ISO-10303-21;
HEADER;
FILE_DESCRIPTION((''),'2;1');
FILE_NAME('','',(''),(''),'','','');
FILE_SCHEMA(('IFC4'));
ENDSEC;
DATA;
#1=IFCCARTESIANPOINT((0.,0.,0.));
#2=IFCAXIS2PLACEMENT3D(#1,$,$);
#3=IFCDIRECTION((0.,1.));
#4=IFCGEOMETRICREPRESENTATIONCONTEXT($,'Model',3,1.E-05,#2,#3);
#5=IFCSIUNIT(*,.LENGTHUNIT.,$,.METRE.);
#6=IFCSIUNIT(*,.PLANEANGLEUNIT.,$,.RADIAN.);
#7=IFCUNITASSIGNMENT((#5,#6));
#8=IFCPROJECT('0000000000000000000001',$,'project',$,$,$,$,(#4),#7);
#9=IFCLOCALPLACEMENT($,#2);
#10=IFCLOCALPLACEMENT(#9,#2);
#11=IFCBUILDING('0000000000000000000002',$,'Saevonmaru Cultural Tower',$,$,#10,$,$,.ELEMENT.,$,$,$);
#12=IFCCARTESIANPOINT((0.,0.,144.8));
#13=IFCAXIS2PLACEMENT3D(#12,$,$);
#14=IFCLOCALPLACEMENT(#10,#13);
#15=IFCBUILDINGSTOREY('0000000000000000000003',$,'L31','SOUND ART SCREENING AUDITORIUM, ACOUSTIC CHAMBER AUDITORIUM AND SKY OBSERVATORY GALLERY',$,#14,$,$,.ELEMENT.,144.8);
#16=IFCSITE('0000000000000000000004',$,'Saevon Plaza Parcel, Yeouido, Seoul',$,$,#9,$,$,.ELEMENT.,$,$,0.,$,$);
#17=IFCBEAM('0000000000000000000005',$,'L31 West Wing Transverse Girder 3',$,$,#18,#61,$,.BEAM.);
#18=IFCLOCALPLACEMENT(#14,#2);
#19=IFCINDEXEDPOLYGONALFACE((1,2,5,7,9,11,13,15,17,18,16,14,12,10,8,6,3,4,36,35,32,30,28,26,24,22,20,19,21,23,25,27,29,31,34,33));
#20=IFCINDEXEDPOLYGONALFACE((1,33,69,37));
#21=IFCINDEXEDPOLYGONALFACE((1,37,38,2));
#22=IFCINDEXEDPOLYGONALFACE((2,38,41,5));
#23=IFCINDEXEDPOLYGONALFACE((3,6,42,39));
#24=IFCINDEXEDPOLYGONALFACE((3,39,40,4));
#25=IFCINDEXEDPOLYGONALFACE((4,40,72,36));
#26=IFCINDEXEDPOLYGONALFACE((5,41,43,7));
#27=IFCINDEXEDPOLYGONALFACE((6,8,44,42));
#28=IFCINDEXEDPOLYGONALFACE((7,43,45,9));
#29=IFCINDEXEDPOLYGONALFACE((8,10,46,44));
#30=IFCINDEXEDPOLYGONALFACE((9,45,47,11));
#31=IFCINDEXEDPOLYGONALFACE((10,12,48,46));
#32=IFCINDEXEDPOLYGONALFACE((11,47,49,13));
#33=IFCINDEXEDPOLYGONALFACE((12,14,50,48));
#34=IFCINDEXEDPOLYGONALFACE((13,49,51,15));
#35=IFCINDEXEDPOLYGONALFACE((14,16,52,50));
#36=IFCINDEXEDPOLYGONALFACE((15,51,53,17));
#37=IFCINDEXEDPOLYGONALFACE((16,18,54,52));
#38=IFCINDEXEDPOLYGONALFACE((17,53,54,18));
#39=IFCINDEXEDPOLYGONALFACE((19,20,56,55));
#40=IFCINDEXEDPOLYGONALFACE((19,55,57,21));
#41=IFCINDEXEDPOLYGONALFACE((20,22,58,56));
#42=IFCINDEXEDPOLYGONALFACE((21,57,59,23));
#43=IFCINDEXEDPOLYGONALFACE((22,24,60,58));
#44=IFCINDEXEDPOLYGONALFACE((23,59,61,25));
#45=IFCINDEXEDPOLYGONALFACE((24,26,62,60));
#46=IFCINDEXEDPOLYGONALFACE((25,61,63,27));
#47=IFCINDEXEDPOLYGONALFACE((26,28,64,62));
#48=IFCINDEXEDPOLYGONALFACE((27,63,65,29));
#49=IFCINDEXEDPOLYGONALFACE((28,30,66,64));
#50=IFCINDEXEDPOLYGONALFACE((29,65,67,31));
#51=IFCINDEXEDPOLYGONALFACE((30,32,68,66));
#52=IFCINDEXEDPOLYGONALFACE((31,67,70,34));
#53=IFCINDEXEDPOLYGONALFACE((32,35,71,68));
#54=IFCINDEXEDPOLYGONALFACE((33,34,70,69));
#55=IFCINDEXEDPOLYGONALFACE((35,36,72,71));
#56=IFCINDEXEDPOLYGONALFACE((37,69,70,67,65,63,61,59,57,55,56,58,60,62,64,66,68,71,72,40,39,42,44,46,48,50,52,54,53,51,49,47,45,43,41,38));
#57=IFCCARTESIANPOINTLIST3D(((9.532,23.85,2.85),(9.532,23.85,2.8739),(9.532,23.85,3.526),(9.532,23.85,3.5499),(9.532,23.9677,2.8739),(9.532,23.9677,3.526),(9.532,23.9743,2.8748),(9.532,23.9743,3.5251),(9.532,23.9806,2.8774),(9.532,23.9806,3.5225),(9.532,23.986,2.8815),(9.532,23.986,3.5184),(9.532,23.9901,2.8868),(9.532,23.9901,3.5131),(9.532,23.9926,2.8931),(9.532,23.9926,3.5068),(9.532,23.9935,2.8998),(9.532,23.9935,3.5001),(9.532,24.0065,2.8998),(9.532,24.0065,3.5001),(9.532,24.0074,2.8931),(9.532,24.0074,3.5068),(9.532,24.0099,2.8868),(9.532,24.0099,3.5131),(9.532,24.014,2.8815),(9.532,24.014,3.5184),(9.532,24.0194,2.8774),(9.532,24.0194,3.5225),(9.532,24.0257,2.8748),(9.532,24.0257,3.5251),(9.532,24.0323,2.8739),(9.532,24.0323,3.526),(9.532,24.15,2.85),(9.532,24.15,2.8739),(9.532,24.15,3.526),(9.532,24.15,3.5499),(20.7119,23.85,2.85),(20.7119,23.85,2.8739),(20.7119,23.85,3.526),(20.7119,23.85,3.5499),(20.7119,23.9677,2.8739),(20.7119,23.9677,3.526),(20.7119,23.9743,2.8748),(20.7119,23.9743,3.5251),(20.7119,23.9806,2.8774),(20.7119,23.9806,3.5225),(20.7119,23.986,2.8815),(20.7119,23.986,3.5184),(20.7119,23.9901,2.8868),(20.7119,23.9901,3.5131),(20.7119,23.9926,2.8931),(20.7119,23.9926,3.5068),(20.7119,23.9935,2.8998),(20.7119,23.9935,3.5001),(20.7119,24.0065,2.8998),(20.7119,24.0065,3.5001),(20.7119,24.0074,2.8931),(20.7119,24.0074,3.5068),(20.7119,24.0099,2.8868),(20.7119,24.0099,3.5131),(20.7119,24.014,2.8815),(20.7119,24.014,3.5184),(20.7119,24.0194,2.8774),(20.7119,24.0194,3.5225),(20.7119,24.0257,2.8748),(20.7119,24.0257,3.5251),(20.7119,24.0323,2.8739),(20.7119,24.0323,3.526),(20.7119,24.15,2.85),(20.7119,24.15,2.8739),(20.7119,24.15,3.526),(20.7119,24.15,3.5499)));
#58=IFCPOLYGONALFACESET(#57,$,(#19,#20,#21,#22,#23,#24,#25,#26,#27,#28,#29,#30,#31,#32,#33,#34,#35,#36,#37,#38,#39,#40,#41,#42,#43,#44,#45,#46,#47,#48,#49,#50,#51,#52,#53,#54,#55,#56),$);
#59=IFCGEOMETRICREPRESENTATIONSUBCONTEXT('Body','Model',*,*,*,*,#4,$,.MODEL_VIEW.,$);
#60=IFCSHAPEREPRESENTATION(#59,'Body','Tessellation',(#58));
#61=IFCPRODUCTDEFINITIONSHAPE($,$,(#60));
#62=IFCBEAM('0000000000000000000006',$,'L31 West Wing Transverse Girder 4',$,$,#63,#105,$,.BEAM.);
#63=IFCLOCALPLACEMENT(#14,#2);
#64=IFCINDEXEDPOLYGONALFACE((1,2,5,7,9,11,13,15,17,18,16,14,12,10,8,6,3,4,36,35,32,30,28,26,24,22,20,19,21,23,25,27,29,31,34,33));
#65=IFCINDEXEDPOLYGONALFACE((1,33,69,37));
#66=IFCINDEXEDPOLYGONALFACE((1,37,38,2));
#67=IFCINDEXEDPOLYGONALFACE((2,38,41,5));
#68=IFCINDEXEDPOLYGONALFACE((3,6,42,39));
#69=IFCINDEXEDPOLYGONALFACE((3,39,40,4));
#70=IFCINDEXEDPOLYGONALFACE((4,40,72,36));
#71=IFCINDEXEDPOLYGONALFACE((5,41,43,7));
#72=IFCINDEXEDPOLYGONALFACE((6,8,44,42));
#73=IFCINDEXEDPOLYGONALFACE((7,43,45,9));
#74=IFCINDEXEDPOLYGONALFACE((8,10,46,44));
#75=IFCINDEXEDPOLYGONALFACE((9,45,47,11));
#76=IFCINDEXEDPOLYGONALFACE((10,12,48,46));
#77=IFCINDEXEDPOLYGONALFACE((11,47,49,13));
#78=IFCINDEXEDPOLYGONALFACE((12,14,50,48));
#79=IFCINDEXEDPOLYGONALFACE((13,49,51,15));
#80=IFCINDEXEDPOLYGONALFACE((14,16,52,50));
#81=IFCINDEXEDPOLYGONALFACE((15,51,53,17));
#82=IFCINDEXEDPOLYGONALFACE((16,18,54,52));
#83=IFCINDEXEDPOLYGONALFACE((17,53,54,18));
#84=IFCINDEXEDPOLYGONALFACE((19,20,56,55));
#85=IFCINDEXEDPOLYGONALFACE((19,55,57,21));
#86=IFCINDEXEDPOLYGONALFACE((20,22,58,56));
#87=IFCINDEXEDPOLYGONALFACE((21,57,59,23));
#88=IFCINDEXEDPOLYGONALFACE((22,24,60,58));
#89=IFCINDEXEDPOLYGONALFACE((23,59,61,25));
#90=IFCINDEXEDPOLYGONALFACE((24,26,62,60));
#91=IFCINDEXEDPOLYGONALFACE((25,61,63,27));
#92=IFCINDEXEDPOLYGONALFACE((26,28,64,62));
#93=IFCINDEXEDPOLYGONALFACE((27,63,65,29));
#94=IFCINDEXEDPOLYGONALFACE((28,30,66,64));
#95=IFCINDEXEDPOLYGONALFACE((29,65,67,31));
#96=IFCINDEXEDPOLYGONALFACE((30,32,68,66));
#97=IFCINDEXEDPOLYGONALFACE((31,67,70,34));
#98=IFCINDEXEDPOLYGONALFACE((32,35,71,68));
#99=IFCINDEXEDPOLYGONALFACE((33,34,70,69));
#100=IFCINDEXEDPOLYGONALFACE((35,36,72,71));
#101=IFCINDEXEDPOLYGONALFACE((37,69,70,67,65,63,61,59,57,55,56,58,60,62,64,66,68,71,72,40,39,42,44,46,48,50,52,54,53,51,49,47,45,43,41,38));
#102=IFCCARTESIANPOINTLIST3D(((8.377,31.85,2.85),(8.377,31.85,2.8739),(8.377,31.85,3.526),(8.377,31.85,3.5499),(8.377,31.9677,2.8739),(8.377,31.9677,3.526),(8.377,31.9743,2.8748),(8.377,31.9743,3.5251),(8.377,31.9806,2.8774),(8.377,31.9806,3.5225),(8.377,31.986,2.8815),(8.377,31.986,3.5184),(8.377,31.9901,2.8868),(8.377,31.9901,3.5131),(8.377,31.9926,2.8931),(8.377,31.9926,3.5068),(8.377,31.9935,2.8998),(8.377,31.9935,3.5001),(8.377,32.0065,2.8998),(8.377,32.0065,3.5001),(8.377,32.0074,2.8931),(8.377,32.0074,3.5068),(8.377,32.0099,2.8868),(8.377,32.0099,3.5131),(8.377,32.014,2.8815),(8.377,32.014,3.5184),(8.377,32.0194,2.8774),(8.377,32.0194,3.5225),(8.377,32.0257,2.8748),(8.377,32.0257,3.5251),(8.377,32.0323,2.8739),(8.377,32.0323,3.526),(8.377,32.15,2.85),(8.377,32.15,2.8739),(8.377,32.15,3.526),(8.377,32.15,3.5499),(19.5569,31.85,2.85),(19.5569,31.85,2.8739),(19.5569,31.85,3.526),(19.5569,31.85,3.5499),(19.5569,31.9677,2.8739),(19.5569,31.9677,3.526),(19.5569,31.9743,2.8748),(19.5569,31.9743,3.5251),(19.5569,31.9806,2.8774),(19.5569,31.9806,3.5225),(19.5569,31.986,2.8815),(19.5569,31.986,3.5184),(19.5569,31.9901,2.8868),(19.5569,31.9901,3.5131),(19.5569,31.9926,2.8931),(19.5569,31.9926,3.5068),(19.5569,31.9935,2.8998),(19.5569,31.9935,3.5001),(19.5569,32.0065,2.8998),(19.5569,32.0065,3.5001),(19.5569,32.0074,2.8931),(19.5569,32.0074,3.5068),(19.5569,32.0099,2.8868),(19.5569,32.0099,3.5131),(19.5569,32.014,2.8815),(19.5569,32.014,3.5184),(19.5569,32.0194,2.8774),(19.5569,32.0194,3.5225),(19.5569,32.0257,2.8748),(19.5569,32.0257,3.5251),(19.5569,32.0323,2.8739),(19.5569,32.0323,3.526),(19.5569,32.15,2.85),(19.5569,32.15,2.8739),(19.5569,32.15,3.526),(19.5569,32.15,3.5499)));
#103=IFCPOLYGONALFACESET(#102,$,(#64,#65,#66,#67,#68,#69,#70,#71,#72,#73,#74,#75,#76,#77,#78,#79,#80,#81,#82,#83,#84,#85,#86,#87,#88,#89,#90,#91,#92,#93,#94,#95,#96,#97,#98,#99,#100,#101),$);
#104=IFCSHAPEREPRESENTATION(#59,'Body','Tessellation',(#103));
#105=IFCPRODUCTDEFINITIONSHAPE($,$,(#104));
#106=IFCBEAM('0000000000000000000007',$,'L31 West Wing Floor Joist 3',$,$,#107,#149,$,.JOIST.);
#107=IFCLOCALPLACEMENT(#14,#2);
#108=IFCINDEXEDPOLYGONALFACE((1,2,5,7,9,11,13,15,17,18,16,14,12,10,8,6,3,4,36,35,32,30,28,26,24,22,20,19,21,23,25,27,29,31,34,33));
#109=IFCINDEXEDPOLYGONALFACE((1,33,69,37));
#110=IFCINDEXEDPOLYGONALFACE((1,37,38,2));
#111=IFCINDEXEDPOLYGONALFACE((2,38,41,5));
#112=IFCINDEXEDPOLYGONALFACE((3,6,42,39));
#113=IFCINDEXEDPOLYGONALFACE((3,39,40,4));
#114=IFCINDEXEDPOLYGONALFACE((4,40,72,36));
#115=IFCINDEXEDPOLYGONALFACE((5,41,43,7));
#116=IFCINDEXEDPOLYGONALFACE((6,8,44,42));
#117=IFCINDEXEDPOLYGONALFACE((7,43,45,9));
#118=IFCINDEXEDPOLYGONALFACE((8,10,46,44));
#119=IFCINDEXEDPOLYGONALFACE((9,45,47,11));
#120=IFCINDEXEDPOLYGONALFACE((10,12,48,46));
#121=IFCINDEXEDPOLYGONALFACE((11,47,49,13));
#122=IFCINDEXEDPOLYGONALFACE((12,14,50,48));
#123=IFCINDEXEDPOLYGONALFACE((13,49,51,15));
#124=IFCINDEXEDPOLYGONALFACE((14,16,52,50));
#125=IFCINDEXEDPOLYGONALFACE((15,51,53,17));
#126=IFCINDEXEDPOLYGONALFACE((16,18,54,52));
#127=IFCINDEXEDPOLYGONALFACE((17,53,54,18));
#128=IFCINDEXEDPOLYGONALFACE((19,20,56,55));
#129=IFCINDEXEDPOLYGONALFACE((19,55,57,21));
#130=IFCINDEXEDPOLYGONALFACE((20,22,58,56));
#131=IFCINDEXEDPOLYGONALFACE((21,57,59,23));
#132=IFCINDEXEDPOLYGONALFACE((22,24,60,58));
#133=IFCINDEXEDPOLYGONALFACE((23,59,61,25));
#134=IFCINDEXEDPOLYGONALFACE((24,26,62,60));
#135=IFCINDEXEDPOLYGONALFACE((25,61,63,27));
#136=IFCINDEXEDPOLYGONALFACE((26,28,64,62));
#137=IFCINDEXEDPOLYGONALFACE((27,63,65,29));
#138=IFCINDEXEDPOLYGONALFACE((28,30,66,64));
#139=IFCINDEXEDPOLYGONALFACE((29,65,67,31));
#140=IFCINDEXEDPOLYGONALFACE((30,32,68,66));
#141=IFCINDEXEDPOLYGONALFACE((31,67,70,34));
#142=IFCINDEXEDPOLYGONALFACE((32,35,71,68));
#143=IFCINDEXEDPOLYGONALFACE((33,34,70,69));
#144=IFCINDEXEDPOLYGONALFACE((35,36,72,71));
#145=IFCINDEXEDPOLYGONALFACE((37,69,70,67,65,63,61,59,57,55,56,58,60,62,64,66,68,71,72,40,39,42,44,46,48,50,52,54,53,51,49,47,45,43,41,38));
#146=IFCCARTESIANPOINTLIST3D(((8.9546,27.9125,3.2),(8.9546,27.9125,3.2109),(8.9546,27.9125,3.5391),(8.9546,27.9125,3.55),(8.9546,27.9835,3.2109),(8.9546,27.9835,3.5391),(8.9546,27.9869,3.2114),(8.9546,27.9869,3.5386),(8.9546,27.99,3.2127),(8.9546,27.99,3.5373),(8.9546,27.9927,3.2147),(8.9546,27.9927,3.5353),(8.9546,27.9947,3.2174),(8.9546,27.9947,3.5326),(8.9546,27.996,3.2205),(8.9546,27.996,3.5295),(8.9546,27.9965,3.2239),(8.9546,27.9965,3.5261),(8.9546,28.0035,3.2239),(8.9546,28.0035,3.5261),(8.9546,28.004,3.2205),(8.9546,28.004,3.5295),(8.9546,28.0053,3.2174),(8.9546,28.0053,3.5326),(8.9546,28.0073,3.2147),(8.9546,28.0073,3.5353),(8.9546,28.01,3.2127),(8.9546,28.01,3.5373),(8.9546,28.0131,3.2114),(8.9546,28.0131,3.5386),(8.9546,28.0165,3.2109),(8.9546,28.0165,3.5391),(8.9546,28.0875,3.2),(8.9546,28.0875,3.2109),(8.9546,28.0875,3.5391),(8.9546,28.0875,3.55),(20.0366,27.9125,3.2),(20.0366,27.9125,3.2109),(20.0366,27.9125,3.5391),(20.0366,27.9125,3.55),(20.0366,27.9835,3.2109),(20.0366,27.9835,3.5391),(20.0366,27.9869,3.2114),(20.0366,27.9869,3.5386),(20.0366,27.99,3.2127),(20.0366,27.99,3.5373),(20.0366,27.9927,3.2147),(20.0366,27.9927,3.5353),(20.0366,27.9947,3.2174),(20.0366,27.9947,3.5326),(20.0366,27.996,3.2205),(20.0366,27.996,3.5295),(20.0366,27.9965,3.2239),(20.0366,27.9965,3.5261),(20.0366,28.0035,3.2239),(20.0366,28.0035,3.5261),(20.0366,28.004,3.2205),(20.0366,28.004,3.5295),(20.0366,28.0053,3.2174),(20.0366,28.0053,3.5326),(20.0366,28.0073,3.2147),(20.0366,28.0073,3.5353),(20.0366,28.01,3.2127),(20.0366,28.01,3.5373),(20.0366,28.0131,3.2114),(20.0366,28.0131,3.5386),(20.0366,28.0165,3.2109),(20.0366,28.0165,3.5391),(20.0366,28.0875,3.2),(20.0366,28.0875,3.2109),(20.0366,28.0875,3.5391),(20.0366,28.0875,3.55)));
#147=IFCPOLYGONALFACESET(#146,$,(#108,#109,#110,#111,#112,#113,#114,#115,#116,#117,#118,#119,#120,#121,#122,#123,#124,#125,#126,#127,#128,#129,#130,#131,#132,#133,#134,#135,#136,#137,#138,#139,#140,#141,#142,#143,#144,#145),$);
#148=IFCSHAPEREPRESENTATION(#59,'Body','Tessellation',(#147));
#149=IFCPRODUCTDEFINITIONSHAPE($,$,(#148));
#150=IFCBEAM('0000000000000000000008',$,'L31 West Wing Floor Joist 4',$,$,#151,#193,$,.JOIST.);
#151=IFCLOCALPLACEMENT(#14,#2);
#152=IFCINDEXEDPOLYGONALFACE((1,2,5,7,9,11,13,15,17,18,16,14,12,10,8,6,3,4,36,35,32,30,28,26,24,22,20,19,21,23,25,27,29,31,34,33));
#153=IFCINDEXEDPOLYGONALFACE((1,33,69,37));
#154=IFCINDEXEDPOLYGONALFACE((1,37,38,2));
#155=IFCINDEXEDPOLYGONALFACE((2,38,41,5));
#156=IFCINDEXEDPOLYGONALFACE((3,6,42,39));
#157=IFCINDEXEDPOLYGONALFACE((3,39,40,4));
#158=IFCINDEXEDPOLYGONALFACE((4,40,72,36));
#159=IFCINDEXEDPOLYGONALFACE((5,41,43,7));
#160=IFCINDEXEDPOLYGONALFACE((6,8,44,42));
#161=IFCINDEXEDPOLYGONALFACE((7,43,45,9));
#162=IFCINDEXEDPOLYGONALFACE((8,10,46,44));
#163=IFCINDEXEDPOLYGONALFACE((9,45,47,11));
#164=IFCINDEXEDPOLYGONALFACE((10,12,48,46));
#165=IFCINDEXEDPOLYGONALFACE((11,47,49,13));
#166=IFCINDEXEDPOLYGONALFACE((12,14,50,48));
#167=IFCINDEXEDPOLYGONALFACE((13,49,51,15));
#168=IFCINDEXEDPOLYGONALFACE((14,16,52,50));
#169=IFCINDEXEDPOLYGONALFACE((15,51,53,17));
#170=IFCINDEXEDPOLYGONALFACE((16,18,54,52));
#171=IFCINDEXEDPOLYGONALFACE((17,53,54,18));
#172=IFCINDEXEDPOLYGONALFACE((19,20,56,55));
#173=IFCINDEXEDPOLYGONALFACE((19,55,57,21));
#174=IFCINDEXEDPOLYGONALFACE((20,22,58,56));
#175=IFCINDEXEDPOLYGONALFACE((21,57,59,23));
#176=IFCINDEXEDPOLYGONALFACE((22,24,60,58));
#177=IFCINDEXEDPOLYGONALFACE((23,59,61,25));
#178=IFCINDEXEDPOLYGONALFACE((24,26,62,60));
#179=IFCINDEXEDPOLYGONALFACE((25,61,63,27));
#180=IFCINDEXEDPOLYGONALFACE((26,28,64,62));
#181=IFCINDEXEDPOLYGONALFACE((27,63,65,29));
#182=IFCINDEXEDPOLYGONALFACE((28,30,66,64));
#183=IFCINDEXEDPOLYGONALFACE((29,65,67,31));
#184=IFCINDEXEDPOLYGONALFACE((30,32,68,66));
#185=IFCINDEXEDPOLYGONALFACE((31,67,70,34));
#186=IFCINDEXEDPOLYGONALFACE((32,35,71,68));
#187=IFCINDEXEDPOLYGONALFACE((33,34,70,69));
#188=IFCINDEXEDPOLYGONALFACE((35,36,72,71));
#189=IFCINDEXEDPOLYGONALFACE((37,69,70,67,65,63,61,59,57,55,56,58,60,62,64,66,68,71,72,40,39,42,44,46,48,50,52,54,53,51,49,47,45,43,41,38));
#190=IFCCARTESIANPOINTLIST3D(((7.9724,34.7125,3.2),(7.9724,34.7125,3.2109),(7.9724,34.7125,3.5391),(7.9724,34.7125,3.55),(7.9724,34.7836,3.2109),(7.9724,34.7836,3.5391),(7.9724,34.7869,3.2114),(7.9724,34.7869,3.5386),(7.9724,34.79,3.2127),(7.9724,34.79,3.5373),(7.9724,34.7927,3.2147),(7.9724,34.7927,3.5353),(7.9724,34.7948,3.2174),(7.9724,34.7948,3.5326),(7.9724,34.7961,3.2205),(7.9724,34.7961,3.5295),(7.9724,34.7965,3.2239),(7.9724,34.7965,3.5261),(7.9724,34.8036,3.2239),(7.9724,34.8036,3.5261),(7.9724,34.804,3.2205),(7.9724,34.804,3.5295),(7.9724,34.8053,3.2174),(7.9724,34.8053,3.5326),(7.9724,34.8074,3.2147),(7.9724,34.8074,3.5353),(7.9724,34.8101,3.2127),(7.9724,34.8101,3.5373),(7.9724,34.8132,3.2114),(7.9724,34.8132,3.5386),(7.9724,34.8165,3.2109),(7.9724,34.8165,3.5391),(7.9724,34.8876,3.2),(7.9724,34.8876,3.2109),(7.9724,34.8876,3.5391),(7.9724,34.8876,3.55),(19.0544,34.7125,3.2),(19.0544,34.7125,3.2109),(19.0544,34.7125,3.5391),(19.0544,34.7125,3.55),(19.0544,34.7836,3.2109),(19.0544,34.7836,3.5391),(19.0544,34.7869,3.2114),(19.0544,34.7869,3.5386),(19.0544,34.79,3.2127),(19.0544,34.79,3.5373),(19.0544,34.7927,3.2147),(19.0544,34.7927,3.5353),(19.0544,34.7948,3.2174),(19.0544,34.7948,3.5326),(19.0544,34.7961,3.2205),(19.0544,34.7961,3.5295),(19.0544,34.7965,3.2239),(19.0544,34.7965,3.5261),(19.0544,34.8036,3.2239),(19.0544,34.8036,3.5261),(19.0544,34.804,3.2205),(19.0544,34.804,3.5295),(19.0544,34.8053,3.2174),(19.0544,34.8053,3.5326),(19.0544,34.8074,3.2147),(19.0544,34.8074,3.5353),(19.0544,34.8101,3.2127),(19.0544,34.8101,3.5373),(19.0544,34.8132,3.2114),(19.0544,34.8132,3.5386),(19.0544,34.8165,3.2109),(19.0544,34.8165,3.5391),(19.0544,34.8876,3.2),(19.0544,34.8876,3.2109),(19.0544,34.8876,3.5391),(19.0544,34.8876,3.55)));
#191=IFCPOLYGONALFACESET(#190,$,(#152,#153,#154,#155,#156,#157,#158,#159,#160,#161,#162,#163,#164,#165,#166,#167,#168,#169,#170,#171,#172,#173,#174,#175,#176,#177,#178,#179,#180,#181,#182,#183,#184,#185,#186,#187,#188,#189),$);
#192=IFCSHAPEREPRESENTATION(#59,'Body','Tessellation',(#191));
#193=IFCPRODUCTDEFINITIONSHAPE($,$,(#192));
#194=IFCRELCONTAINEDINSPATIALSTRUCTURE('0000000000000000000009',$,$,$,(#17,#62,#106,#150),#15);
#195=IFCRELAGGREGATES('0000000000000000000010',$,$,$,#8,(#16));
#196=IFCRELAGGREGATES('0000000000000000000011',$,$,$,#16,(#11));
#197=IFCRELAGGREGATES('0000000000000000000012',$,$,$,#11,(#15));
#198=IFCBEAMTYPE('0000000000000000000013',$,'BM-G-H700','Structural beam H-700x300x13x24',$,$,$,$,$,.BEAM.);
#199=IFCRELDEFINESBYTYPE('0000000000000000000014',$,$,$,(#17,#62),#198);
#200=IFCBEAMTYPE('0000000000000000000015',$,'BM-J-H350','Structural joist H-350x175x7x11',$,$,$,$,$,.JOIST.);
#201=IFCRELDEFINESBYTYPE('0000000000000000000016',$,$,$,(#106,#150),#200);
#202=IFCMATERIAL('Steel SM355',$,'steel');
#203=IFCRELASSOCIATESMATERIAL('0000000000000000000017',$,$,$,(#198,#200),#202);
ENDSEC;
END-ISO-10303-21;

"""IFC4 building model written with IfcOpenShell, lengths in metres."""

from ifc_helpers import new_model, si_unit, direction, frame, origin, origin_2d, place, context, subcontext, project, spatial, i_section, extrude, material, material_profile, profile_set, type_object, element, save


model = new_model("IFC4")

# Units and contexts
model_context = context("Model", 3, precision=1e-05, world=origin(), true_north=direction((0.0, 1.0)))
body_context = subcontext(model_context, "Body", "Model", "MODEL_VIEW")
ifc_project = project(units=[si_unit("LENGTHUNIT", "METRE"), si_unit("PLANEANGLEUNIT", "RADIAN")], contexts=[model_context])

# Site, building, storey
site_placement = place(None, origin())
site = spatial("IfcSite", under=ifc_project, at=site_placement, Name="Saevon Plaza Parcel, Yeouido, Seoul", CompositionType="ELEMENT", RefElevation=0.0)
building_placement = place(site_placement, origin())
building = spatial("IfcBuilding", under=site, at=building_placement, Name="Saevonmaru Cultural Tower", CompositionType="ELEMENT")
storey_placement = place(building_placement, frame((0.0, 0.0, 144.8)))
storey = spatial("IfcBuildingStorey", under=building, at=storey_placement, Name="L31", Description="SOUND ART SCREENING AUDITORIUM, ACOUSTIC CHAMBER AUDITORIUM AND SKY OBSERVATORY GALLERY", CompositionType="ELEMENT", Elevation=144.8)

# Shared definitions
ifc_material_1 = material(Name="Steel SM355", Category="steel")

# Beams
ifc_material_profile_1 = material_profile(ifc_material_1, i_section(OverallWidth=0.3, OverallDepth=0.7, WebThickness=0.0129, FlangeThickness=0.0239, FilletRadius=0.0259, at=origin_2d()), Name="H-700x300x13x24")
ifc_profile_set_1 = profile_set([ifc_material_profile_1], Name="Steel SM355")
beam_type_1 = type_object("IfcBeamType", Name="BM-G-H700", Description="Structural beam H-700x300x13x24", PredefinedType="BEAM", material=ifc_profile_set_1)
for number, where, z_axis, x_axis, name in (
    (1, (9.532, 24.0, 3.2), (1.0, 0.0, 0.0), (0.0, 1.0, 0.0), "L31 West Wing Transverse Girder 3"),
    (2, (8.377, 32.0, 3.2), (1.0, 0.0, 0.0), (0.0, 1.0, 0.0), "L31 West Wing Transverse Girder 4"),
):
    element("IfcBeam", number, at=place(storey_placement, frame(where, z_axis=z_axis, x_axis=x_axis)), inside=storey, type_object=beam_type_1, Name=name, PredefinedType="BEAM", context=body_context, shape_type="SweptSolid", body=[
        extrude(i_section(OverallWidth=0.3, OverallDepth=0.7, WebThickness=0.0129, FlangeThickness=0.0239, FilletRadius=0.0259, at=origin_2d()), origin(), (0.0, 0.0, 1.0), 11.1799),
    ])
ifc_material_profile_2 = material_profile(ifc_material_1, i_section(OverallWidth=0.175, OverallDepth=0.3501, WebThickness=0.0071, FlangeThickness=0.011, FilletRadius=0.0129, at=origin_2d()), Name="H-350x175x7x11")
ifc_profile_set_2 = profile_set([ifc_material_profile_2], Name="Steel SM355")
beam_type_2 = type_object("IfcBeamType", Name="BM-J-H350", Description="Structural joist H-350x175x7x11", PredefinedType="JOIST", material=ifc_profile_set_2)
for number, where, z_axis, x_axis, name in (
    (3, (8.9546, 28.0, 3.375), (1.0, 0.0, 0.0), (0.0, 1.0, 0.0), "L31 West Wing Floor Joist 3"),
    (4, (7.9724, 34.8, 3.375), (1.0, 0.0, 0.0), (0.0, 1.0, 0.0), "L31 West Wing Floor Joist 4"),
):
    element("IfcBeam", number, at=place(storey_placement, frame(where, z_axis=z_axis, x_axis=x_axis)), inside=storey, type_object=beam_type_2, Name=name, PredefinedType="JOIST", context=body_context, shape_type="SweptSolid", body=[
        extrude(i_section(OverallWidth=0.175, OverallDepth=0.3501, WebThickness=0.0071, FlangeThickness=0.011, FilletRadius=0.0129, at=origin_2d()), origin(), (0.0, 0.0, 1.0), 11.082),
    ])

save(model, "model.ifc")
